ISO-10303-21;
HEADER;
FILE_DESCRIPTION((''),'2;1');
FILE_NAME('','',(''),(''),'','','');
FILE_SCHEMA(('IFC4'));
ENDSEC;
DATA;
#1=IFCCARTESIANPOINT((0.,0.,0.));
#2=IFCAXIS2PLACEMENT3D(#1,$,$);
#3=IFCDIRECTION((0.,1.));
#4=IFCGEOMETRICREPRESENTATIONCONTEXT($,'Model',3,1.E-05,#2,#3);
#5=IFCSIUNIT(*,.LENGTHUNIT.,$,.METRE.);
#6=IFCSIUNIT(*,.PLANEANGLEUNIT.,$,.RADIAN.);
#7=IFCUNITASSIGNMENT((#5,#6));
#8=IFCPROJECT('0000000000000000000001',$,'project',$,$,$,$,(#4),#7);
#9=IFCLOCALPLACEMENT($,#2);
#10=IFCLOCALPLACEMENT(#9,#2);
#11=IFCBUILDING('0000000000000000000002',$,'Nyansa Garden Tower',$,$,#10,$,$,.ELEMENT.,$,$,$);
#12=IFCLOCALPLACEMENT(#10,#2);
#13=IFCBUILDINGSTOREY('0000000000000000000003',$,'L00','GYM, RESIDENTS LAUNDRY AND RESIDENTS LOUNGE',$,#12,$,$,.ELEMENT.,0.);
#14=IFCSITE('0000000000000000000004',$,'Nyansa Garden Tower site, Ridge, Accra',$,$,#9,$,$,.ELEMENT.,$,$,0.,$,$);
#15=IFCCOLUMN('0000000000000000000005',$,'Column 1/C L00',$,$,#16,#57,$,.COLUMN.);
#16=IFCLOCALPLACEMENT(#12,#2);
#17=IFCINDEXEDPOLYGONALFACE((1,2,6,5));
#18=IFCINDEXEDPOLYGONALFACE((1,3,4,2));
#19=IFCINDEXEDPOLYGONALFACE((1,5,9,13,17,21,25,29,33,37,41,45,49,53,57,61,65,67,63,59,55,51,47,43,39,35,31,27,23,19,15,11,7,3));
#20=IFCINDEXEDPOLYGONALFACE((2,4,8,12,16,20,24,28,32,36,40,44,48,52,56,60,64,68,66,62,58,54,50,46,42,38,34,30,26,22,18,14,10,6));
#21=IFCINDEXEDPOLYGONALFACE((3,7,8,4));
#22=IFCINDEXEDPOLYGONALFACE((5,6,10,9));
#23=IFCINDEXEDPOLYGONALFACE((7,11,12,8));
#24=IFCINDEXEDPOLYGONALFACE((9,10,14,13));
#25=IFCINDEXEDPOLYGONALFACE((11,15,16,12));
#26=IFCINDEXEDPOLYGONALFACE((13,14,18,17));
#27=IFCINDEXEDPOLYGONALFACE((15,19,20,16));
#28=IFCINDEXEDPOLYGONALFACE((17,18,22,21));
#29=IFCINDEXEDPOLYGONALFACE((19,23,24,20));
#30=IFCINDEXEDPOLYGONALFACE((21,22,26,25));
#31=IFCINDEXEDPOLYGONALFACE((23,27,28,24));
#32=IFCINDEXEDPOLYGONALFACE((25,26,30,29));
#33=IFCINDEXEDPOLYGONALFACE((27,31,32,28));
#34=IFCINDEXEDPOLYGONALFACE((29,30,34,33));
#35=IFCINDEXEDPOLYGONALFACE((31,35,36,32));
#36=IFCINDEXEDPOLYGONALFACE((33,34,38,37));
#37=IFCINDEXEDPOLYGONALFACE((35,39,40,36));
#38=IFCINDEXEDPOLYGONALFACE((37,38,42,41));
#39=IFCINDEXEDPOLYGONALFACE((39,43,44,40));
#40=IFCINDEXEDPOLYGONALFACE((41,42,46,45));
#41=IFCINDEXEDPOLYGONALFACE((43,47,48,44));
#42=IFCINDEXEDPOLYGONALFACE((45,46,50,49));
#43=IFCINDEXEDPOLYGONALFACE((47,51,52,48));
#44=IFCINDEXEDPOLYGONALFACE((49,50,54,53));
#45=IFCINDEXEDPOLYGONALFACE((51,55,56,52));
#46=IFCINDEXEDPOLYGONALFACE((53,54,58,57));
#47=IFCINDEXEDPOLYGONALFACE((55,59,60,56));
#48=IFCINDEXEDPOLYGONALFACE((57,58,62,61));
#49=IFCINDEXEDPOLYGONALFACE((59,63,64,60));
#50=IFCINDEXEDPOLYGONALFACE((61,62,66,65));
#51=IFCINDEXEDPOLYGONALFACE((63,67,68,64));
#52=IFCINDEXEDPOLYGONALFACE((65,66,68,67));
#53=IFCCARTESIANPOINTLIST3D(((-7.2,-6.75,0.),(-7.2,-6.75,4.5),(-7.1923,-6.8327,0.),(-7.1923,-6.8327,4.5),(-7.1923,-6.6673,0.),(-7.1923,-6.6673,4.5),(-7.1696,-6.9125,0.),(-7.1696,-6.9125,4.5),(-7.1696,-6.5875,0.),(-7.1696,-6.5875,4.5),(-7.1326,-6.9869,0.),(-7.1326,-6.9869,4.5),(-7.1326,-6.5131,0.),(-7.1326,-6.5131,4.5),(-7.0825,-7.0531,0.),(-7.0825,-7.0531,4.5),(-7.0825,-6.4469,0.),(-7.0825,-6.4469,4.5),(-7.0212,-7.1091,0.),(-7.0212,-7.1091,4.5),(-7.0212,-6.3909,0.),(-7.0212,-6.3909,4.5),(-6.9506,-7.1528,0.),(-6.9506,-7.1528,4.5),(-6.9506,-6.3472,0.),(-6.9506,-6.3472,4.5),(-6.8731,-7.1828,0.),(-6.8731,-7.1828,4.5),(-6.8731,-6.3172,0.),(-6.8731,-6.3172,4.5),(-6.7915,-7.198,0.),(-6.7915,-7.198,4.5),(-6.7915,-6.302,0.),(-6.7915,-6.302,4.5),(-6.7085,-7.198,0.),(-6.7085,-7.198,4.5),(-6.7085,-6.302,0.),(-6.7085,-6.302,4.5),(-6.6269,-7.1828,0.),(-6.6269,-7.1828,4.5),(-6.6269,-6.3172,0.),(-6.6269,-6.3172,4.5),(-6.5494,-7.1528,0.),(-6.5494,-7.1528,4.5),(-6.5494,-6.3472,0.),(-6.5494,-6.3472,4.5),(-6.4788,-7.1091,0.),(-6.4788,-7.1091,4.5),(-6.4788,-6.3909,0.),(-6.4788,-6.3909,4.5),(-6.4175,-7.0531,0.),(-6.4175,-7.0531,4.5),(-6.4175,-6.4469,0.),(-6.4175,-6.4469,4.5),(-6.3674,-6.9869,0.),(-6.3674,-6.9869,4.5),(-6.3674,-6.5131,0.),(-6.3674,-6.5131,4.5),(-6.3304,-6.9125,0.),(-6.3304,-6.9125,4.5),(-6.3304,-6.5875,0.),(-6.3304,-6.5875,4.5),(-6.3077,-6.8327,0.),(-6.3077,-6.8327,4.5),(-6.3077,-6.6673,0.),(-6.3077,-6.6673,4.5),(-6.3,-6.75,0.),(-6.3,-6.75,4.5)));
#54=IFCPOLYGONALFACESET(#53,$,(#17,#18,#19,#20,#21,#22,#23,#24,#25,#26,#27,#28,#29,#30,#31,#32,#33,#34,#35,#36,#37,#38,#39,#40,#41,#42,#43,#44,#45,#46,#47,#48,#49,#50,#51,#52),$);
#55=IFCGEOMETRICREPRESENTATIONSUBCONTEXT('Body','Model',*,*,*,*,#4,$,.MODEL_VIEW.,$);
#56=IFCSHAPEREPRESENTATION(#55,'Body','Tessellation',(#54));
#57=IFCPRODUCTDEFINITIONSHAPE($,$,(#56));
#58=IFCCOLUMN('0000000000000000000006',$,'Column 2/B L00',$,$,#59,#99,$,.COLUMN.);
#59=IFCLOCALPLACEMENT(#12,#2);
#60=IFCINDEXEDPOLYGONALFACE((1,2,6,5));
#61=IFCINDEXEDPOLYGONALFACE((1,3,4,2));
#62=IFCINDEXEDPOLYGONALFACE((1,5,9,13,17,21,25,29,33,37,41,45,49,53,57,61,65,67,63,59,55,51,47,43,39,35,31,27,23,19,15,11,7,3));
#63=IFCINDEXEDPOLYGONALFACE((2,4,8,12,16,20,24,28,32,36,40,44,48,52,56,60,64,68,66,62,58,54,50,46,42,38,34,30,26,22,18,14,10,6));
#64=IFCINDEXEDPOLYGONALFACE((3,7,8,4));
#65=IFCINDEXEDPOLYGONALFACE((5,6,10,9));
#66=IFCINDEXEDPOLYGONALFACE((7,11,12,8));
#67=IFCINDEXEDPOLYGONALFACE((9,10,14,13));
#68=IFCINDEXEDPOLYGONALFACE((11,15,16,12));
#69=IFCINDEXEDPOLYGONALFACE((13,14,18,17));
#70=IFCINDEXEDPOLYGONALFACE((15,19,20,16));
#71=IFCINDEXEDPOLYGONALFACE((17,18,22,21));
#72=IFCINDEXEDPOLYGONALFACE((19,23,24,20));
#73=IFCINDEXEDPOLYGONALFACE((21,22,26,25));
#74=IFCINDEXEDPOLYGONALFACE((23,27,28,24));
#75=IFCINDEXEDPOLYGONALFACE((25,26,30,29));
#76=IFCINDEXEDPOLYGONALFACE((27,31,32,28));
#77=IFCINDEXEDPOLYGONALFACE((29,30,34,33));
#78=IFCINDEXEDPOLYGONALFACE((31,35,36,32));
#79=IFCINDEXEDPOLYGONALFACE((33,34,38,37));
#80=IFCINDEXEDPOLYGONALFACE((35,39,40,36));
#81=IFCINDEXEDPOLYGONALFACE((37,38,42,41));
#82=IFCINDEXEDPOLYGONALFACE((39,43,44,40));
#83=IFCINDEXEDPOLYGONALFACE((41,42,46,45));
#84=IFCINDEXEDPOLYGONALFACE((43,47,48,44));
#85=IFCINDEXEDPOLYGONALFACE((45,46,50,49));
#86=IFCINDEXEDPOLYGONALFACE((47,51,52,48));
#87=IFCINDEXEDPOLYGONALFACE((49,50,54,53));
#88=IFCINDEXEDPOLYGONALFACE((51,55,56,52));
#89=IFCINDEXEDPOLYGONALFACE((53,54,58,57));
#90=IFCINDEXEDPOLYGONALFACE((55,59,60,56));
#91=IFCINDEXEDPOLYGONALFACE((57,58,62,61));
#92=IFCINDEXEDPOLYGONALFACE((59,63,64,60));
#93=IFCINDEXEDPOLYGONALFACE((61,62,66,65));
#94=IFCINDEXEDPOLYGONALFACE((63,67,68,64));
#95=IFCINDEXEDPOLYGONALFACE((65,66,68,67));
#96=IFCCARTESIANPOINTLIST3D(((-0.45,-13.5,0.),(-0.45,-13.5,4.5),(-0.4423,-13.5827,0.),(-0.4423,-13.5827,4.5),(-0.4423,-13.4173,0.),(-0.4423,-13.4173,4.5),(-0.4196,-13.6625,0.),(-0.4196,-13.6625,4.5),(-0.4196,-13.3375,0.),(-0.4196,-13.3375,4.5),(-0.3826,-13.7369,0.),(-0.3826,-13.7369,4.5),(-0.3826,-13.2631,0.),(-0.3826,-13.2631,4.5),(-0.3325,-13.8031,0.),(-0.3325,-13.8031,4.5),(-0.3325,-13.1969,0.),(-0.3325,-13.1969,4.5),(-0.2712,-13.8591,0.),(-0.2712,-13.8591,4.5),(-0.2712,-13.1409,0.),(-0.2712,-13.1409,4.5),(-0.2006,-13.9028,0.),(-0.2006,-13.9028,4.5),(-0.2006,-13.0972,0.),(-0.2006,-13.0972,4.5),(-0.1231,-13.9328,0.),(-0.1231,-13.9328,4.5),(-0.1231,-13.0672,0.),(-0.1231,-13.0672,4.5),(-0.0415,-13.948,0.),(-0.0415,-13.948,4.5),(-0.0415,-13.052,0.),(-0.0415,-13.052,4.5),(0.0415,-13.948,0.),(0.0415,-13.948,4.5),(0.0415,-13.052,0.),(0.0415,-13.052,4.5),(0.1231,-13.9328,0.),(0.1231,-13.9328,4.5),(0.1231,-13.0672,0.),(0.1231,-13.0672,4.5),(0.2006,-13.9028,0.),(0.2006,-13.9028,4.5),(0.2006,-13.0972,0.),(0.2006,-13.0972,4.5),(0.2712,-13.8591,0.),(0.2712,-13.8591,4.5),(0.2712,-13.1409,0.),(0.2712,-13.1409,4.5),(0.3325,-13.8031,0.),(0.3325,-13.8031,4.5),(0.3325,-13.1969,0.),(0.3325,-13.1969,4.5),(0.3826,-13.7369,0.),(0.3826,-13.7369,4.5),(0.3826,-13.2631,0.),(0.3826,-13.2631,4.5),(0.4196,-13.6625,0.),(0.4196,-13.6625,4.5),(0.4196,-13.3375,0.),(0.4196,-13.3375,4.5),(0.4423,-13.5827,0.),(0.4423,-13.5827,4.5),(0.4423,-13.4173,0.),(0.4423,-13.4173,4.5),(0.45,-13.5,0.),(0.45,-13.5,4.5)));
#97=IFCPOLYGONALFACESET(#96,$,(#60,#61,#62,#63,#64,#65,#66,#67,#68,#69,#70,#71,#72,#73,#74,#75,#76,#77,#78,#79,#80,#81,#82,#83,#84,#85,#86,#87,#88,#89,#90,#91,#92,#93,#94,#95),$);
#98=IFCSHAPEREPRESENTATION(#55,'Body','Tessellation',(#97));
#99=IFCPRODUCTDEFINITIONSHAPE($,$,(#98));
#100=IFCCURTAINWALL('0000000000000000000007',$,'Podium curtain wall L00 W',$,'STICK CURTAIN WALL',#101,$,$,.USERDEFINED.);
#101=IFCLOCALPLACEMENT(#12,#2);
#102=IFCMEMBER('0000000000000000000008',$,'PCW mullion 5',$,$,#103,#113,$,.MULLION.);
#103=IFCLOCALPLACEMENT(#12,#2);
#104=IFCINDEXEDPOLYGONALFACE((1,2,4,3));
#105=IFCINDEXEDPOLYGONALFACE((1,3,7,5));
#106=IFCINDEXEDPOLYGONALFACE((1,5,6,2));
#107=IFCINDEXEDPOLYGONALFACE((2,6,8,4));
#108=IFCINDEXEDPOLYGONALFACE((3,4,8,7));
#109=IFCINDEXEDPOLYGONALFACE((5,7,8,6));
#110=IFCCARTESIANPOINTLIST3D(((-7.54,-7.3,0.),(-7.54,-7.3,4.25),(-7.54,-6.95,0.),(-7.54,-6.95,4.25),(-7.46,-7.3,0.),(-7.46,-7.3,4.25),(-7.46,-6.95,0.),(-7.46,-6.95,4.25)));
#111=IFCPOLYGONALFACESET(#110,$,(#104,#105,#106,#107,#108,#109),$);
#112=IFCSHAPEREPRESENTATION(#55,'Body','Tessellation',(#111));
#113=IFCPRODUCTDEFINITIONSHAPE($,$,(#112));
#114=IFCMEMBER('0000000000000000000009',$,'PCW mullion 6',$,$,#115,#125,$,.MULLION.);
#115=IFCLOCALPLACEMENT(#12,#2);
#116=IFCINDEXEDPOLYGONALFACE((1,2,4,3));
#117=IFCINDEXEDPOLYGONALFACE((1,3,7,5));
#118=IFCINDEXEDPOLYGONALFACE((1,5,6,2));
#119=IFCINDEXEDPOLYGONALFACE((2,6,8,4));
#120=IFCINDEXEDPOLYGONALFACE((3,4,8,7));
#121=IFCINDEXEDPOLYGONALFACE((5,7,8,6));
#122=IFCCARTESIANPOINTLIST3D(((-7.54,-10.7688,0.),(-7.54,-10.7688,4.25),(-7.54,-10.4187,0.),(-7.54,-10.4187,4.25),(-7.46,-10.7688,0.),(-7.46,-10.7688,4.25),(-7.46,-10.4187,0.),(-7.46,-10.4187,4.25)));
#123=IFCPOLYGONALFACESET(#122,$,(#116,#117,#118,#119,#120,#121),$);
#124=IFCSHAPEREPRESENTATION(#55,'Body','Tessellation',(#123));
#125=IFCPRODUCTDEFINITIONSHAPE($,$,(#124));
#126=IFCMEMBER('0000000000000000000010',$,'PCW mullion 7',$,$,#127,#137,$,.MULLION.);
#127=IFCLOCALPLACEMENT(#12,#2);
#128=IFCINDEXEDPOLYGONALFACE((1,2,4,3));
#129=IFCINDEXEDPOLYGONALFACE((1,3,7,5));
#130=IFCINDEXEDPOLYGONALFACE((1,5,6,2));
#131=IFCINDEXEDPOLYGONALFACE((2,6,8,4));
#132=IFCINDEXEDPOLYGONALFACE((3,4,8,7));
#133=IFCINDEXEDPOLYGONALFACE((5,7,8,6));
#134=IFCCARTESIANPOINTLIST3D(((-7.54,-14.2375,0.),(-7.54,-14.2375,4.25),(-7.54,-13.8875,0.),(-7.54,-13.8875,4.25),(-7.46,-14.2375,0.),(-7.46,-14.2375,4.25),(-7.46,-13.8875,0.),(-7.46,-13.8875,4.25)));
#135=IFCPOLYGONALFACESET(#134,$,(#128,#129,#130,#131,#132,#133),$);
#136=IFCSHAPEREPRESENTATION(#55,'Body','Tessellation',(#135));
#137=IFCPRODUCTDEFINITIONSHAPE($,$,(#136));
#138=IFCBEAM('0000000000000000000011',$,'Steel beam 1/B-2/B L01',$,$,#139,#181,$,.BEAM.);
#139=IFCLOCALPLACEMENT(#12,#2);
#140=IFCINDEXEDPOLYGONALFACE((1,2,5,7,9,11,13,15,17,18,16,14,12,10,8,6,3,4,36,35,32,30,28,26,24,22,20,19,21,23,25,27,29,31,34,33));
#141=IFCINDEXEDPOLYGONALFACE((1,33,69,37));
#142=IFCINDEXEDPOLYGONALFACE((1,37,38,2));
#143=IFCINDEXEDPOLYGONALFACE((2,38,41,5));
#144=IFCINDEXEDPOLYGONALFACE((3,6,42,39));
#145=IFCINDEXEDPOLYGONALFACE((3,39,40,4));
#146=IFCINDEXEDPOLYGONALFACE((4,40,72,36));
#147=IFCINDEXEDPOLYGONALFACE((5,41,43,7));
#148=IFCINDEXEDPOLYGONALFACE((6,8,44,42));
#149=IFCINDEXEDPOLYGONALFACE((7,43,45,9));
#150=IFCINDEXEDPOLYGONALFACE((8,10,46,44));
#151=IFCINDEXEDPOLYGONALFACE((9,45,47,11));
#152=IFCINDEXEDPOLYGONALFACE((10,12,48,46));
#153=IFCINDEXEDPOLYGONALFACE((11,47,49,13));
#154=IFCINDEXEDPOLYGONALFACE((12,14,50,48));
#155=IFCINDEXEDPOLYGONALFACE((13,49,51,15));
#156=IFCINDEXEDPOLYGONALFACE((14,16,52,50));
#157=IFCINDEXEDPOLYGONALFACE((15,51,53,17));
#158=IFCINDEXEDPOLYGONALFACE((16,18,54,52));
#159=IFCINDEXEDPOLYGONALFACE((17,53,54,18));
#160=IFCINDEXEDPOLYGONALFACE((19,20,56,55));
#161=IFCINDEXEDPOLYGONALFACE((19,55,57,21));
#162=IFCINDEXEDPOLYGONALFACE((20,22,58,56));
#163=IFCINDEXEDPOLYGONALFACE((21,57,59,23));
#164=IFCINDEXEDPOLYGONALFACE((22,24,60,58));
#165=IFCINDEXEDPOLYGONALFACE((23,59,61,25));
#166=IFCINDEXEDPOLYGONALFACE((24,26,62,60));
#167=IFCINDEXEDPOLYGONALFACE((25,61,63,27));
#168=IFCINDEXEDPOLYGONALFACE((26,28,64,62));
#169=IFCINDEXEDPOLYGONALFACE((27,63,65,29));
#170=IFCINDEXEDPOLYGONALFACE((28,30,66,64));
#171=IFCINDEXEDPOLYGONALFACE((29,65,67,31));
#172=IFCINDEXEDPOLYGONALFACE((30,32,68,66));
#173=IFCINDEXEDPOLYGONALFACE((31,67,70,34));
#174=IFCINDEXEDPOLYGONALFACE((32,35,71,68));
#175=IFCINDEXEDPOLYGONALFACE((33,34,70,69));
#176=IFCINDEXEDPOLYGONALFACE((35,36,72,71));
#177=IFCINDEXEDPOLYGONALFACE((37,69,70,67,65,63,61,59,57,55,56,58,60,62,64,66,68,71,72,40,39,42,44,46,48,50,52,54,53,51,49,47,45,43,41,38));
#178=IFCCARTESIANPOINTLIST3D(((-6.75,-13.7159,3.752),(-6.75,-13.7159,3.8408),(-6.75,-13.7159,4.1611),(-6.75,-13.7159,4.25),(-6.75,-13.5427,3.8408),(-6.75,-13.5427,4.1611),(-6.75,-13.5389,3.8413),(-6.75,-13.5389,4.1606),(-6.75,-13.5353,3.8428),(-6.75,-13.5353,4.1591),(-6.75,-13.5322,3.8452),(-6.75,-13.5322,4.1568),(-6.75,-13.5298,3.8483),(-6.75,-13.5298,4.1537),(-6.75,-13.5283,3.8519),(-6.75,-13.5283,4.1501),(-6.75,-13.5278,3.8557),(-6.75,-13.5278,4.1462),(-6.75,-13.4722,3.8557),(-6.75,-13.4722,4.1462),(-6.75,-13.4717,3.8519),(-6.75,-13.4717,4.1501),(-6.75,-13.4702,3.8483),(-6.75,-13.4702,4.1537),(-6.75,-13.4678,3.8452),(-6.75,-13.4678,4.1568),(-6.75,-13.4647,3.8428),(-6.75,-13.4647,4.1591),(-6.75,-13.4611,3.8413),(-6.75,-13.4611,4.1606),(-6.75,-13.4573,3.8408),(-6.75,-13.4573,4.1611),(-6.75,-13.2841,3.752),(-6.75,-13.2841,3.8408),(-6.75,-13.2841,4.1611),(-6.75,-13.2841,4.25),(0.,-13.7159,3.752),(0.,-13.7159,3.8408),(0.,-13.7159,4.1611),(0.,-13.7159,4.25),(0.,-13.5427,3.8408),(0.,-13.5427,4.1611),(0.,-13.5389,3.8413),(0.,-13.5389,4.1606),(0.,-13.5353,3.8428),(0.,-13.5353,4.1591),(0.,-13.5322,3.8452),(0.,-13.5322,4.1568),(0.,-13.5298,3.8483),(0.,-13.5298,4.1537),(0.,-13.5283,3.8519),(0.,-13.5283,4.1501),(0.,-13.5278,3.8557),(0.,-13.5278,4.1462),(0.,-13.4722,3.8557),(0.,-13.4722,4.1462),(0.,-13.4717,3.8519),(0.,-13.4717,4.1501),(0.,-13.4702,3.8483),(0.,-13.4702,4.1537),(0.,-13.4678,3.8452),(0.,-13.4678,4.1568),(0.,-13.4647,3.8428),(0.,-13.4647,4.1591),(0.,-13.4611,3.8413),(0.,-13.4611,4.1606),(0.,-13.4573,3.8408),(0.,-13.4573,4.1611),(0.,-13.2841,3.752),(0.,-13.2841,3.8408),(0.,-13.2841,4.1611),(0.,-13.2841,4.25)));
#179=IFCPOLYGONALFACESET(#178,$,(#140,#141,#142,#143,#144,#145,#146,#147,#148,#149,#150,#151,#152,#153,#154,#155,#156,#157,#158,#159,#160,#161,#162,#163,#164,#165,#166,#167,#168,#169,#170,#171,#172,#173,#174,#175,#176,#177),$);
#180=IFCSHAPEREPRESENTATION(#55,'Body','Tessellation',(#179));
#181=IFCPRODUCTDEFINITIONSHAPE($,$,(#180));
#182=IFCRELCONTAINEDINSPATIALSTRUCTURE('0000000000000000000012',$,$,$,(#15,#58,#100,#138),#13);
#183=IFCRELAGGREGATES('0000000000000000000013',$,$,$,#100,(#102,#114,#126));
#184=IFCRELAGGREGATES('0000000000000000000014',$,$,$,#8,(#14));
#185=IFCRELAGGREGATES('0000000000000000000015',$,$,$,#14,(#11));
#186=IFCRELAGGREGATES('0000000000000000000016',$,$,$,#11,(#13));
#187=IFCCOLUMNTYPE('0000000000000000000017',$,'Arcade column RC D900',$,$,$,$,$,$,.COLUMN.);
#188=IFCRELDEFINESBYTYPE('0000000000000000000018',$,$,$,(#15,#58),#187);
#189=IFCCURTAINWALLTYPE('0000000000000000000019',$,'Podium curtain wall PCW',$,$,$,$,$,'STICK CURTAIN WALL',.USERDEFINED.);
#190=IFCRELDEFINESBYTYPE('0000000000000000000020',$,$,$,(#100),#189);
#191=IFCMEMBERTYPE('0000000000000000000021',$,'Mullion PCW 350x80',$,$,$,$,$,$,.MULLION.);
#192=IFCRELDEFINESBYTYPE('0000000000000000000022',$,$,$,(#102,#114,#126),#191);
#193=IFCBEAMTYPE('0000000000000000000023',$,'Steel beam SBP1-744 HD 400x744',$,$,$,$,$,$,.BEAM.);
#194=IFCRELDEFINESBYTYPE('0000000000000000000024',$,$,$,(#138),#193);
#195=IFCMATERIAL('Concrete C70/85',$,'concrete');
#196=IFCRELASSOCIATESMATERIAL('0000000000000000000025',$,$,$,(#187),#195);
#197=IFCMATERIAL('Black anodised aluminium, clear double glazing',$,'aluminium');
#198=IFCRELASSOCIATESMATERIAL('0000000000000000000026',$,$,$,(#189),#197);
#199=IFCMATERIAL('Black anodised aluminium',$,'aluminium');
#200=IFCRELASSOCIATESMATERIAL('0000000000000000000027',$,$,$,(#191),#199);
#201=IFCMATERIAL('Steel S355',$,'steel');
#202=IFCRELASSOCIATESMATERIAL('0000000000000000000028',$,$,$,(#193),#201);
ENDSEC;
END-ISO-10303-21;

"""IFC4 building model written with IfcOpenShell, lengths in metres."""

from ifc_helpers import new_model, si_unit, direction, frame, origin, origin_2d, place, context, subcontext, project, spatial, rectangle, circle, i_section, extrude, material, material_profile, profile_set, type_object, element, aggregate, save


model = new_model("IFC4")

# Units and contexts
model_context = context("Model", 3, precision=1e-05, world=origin(), true_north=direction((0.0, 1.0)))
body_context = subcontext(model_context, "Body", "Model", "MODEL_VIEW")
ifc_project = project(units=[si_unit("LENGTHUNIT", "METRE"), si_unit("PLANEANGLEUNIT", "RADIAN")], contexts=[model_context])

# Site, building, storey
site_placement = place(None, origin())
site = spatial("IfcSite", under=ifc_project, at=site_placement, Name="Nyansa Garden Tower site, Ridge, Accra", CompositionType="ELEMENT", RefElevation=0.0)
building_placement = place(site_placement, origin())
building = spatial("IfcBuilding", under=site, at=building_placement, Name="Nyansa Garden Tower", CompositionType="ELEMENT")
storey_placement = place(building_placement, origin())
storey = spatial("IfcBuildingStorey", under=building, at=storey_placement, Name="L00", Description="GYM, RESIDENTS LAUNDRY AND RESIDENTS LOUNGE", CompositionType="ELEMENT", Elevation=0.0)

# Columns
ifc_material_1 = material(Name="Concrete C70/85", Category="concrete")
ifc_material_profile_1 = material_profile(ifc_material_1, circle(Radius=0.45, at=origin_2d()), Name="RC D900")
ifc_profile_set_1 = profile_set([ifc_material_profile_1], Name="Concrete C70/85")
column_type = type_object("IfcColumnType", Name="Arcade column RC D900", PredefinedType="COLUMN", material=ifc_profile_set_1)
for number, where, z_axis, x_axis, name in (
    (1, (-6.75, -6.75, 0.0), (0.0, 0.0, 1.0), (1.0, 0.0, 0.0), "Column 1/C L00"),
    (2, (0.0, -13.5, 0.0), (0.0, 0.0, 1.0), (1.0, 0.0, 0.0), "Column 2/B L00"),
):
    element("IfcColumn", number, at=place(storey_placement, frame(where, z_axis=z_axis, x_axis=x_axis)), inside=storey, type_object=column_type, Name=name, PredefinedType="COLUMN", context=body_context, shape_type="SweptSolid", body=[
        extrude(circle(Radius=0.45, at=origin_2d()), origin(), (0.0, 0.0, 1.0), 4.5),
    ])

# Curtain wall, members
ifc_material_2 = material(Name="Black anodised aluminium, clear double glazing", Category="aluminium")
curtain_wall_type = type_object("IfcCurtainWallType", Name="Podium curtain wall PCW", ElementType="STICK CURTAIN WALL", PredefinedType="USERDEFINED", material=ifc_material_2)
curtain_wall_placement = place(storey_placement, origin())
curtain_wall = element("IfcCurtainWall", 3, at=curtain_wall_placement, inside=storey, type_object=curtain_wall_type, Name="Podium curtain wall L00 W", ObjectType="STICK CURTAIN WALL", PredefinedType="USERDEFINED")
ifc_material_3 = material(Name="Black anodised aluminium", Category="aluminium")
ifc_material_profile_2 = material_profile(ifc_material_3, rectangle(XDim=0.0801, YDim=0.3501, at=origin_2d()), Name="Mullion 350x80")
ifc_profile_set_2 = profile_set([ifc_material_profile_2], Name="Black anodised aluminium")
member_type_1 = type_object("IfcMemberType", Name="Mullion PCW 350x80", PredefinedType="MULLION", material=ifc_profile_set_2)
member_1_placement = place(storey_placement, frame((-7.5, -7.125, 0.0), z_axis=(0.0, 0.0, 1.0), x_axis=(1.0, 0.0, 0.0)))
member_1 = element("IfcMember", 4, at=member_1_placement, type_object=member_type_1, Name="PCW mullion 5", PredefinedType="MULLION", context=body_context, shape_type="SweptSolid", body=[
    extrude(rectangle(XDim=0.0801, YDim=0.3501, at=origin_2d()), origin(), (0.0, 0.0, 1.0), 4.25),
])
member_2_placement = place(storey_placement, frame((-7.5, -10.5938, 0.0), z_axis=(0.0, 0.0, 1.0), x_axis=(1.0, 0.0, 0.0)))
member_2 = element("IfcMember", 5, at=member_2_placement, type_object=member_type_1, Name="PCW mullion 6", PredefinedType="MULLION", context=body_context, shape_type="SweptSolid", body=[
    extrude(rectangle(XDim=0.0801, YDim=0.3501, at=origin_2d()), origin(), (0.0, 0.0, 1.0), 4.25),
])
member_3_placement = place(storey_placement, frame((-7.5, -14.0625, 0.0), z_axis=(0.0, 0.0, 1.0), x_axis=(1.0, 0.0, 0.0)))
member_3 = element("IfcMember", 6, at=member_3_placement, type_object=member_type_1, Name="PCW mullion 7", PredefinedType="MULLION", context=body_context, shape_type="SweptSolid", body=[
    extrude(rectangle(XDim=0.0801, YDim=0.3501, at=origin_2d()), origin(), (0.0, 0.0, 1.0), 4.25),
])

# Beam
ifc_material_4 = material(Name="Steel S355", Category="steel")
ifc_material_profile_3 = material_profile(ifc_material_4, i_section(OverallWidth=0.4319, OverallDepth=0.498, WebThickness=0.0557, FlangeThickness=0.0889, FilletRadius=0.0149, at=origin_2d()), Name="HD 400x744")
ifc_profile_set_3 = profile_set([ifc_material_profile_3], Name="Steel S355")
beam_type_1 = type_object("IfcBeamType", Name="Steel beam SBP1-744 HD 400x744", PredefinedType="BEAM", material=ifc_profile_set_3)
for number, where, z_axis, x_axis, name in (
    (7, (-6.75, -13.5, 4.001), (1.0, 0.0, 0.0), (0.0, 1.0, 0.0), "Steel beam 1/B-2/B L01"),
):
    element("IfcBeam", number, at=place(storey_placement, frame(where, z_axis=z_axis, x_axis=x_axis)), inside=storey, type_object=beam_type_1, Name=name, PredefinedType="BEAM", context=body_context, shape_type="SweptSolid", body=[
        extrude(i_section(OverallWidth=0.4319, OverallDepth=0.498, WebThickness=0.0557, FlangeThickness=0.0889, FilletRadius=0.0149, at=origin_2d()), origin(), (0.0, 0.0, 1.0), 6.75),
    ])

aggregate(curtain_wall, [member_1, member_2, member_3])

save(model, "model.ifc")
